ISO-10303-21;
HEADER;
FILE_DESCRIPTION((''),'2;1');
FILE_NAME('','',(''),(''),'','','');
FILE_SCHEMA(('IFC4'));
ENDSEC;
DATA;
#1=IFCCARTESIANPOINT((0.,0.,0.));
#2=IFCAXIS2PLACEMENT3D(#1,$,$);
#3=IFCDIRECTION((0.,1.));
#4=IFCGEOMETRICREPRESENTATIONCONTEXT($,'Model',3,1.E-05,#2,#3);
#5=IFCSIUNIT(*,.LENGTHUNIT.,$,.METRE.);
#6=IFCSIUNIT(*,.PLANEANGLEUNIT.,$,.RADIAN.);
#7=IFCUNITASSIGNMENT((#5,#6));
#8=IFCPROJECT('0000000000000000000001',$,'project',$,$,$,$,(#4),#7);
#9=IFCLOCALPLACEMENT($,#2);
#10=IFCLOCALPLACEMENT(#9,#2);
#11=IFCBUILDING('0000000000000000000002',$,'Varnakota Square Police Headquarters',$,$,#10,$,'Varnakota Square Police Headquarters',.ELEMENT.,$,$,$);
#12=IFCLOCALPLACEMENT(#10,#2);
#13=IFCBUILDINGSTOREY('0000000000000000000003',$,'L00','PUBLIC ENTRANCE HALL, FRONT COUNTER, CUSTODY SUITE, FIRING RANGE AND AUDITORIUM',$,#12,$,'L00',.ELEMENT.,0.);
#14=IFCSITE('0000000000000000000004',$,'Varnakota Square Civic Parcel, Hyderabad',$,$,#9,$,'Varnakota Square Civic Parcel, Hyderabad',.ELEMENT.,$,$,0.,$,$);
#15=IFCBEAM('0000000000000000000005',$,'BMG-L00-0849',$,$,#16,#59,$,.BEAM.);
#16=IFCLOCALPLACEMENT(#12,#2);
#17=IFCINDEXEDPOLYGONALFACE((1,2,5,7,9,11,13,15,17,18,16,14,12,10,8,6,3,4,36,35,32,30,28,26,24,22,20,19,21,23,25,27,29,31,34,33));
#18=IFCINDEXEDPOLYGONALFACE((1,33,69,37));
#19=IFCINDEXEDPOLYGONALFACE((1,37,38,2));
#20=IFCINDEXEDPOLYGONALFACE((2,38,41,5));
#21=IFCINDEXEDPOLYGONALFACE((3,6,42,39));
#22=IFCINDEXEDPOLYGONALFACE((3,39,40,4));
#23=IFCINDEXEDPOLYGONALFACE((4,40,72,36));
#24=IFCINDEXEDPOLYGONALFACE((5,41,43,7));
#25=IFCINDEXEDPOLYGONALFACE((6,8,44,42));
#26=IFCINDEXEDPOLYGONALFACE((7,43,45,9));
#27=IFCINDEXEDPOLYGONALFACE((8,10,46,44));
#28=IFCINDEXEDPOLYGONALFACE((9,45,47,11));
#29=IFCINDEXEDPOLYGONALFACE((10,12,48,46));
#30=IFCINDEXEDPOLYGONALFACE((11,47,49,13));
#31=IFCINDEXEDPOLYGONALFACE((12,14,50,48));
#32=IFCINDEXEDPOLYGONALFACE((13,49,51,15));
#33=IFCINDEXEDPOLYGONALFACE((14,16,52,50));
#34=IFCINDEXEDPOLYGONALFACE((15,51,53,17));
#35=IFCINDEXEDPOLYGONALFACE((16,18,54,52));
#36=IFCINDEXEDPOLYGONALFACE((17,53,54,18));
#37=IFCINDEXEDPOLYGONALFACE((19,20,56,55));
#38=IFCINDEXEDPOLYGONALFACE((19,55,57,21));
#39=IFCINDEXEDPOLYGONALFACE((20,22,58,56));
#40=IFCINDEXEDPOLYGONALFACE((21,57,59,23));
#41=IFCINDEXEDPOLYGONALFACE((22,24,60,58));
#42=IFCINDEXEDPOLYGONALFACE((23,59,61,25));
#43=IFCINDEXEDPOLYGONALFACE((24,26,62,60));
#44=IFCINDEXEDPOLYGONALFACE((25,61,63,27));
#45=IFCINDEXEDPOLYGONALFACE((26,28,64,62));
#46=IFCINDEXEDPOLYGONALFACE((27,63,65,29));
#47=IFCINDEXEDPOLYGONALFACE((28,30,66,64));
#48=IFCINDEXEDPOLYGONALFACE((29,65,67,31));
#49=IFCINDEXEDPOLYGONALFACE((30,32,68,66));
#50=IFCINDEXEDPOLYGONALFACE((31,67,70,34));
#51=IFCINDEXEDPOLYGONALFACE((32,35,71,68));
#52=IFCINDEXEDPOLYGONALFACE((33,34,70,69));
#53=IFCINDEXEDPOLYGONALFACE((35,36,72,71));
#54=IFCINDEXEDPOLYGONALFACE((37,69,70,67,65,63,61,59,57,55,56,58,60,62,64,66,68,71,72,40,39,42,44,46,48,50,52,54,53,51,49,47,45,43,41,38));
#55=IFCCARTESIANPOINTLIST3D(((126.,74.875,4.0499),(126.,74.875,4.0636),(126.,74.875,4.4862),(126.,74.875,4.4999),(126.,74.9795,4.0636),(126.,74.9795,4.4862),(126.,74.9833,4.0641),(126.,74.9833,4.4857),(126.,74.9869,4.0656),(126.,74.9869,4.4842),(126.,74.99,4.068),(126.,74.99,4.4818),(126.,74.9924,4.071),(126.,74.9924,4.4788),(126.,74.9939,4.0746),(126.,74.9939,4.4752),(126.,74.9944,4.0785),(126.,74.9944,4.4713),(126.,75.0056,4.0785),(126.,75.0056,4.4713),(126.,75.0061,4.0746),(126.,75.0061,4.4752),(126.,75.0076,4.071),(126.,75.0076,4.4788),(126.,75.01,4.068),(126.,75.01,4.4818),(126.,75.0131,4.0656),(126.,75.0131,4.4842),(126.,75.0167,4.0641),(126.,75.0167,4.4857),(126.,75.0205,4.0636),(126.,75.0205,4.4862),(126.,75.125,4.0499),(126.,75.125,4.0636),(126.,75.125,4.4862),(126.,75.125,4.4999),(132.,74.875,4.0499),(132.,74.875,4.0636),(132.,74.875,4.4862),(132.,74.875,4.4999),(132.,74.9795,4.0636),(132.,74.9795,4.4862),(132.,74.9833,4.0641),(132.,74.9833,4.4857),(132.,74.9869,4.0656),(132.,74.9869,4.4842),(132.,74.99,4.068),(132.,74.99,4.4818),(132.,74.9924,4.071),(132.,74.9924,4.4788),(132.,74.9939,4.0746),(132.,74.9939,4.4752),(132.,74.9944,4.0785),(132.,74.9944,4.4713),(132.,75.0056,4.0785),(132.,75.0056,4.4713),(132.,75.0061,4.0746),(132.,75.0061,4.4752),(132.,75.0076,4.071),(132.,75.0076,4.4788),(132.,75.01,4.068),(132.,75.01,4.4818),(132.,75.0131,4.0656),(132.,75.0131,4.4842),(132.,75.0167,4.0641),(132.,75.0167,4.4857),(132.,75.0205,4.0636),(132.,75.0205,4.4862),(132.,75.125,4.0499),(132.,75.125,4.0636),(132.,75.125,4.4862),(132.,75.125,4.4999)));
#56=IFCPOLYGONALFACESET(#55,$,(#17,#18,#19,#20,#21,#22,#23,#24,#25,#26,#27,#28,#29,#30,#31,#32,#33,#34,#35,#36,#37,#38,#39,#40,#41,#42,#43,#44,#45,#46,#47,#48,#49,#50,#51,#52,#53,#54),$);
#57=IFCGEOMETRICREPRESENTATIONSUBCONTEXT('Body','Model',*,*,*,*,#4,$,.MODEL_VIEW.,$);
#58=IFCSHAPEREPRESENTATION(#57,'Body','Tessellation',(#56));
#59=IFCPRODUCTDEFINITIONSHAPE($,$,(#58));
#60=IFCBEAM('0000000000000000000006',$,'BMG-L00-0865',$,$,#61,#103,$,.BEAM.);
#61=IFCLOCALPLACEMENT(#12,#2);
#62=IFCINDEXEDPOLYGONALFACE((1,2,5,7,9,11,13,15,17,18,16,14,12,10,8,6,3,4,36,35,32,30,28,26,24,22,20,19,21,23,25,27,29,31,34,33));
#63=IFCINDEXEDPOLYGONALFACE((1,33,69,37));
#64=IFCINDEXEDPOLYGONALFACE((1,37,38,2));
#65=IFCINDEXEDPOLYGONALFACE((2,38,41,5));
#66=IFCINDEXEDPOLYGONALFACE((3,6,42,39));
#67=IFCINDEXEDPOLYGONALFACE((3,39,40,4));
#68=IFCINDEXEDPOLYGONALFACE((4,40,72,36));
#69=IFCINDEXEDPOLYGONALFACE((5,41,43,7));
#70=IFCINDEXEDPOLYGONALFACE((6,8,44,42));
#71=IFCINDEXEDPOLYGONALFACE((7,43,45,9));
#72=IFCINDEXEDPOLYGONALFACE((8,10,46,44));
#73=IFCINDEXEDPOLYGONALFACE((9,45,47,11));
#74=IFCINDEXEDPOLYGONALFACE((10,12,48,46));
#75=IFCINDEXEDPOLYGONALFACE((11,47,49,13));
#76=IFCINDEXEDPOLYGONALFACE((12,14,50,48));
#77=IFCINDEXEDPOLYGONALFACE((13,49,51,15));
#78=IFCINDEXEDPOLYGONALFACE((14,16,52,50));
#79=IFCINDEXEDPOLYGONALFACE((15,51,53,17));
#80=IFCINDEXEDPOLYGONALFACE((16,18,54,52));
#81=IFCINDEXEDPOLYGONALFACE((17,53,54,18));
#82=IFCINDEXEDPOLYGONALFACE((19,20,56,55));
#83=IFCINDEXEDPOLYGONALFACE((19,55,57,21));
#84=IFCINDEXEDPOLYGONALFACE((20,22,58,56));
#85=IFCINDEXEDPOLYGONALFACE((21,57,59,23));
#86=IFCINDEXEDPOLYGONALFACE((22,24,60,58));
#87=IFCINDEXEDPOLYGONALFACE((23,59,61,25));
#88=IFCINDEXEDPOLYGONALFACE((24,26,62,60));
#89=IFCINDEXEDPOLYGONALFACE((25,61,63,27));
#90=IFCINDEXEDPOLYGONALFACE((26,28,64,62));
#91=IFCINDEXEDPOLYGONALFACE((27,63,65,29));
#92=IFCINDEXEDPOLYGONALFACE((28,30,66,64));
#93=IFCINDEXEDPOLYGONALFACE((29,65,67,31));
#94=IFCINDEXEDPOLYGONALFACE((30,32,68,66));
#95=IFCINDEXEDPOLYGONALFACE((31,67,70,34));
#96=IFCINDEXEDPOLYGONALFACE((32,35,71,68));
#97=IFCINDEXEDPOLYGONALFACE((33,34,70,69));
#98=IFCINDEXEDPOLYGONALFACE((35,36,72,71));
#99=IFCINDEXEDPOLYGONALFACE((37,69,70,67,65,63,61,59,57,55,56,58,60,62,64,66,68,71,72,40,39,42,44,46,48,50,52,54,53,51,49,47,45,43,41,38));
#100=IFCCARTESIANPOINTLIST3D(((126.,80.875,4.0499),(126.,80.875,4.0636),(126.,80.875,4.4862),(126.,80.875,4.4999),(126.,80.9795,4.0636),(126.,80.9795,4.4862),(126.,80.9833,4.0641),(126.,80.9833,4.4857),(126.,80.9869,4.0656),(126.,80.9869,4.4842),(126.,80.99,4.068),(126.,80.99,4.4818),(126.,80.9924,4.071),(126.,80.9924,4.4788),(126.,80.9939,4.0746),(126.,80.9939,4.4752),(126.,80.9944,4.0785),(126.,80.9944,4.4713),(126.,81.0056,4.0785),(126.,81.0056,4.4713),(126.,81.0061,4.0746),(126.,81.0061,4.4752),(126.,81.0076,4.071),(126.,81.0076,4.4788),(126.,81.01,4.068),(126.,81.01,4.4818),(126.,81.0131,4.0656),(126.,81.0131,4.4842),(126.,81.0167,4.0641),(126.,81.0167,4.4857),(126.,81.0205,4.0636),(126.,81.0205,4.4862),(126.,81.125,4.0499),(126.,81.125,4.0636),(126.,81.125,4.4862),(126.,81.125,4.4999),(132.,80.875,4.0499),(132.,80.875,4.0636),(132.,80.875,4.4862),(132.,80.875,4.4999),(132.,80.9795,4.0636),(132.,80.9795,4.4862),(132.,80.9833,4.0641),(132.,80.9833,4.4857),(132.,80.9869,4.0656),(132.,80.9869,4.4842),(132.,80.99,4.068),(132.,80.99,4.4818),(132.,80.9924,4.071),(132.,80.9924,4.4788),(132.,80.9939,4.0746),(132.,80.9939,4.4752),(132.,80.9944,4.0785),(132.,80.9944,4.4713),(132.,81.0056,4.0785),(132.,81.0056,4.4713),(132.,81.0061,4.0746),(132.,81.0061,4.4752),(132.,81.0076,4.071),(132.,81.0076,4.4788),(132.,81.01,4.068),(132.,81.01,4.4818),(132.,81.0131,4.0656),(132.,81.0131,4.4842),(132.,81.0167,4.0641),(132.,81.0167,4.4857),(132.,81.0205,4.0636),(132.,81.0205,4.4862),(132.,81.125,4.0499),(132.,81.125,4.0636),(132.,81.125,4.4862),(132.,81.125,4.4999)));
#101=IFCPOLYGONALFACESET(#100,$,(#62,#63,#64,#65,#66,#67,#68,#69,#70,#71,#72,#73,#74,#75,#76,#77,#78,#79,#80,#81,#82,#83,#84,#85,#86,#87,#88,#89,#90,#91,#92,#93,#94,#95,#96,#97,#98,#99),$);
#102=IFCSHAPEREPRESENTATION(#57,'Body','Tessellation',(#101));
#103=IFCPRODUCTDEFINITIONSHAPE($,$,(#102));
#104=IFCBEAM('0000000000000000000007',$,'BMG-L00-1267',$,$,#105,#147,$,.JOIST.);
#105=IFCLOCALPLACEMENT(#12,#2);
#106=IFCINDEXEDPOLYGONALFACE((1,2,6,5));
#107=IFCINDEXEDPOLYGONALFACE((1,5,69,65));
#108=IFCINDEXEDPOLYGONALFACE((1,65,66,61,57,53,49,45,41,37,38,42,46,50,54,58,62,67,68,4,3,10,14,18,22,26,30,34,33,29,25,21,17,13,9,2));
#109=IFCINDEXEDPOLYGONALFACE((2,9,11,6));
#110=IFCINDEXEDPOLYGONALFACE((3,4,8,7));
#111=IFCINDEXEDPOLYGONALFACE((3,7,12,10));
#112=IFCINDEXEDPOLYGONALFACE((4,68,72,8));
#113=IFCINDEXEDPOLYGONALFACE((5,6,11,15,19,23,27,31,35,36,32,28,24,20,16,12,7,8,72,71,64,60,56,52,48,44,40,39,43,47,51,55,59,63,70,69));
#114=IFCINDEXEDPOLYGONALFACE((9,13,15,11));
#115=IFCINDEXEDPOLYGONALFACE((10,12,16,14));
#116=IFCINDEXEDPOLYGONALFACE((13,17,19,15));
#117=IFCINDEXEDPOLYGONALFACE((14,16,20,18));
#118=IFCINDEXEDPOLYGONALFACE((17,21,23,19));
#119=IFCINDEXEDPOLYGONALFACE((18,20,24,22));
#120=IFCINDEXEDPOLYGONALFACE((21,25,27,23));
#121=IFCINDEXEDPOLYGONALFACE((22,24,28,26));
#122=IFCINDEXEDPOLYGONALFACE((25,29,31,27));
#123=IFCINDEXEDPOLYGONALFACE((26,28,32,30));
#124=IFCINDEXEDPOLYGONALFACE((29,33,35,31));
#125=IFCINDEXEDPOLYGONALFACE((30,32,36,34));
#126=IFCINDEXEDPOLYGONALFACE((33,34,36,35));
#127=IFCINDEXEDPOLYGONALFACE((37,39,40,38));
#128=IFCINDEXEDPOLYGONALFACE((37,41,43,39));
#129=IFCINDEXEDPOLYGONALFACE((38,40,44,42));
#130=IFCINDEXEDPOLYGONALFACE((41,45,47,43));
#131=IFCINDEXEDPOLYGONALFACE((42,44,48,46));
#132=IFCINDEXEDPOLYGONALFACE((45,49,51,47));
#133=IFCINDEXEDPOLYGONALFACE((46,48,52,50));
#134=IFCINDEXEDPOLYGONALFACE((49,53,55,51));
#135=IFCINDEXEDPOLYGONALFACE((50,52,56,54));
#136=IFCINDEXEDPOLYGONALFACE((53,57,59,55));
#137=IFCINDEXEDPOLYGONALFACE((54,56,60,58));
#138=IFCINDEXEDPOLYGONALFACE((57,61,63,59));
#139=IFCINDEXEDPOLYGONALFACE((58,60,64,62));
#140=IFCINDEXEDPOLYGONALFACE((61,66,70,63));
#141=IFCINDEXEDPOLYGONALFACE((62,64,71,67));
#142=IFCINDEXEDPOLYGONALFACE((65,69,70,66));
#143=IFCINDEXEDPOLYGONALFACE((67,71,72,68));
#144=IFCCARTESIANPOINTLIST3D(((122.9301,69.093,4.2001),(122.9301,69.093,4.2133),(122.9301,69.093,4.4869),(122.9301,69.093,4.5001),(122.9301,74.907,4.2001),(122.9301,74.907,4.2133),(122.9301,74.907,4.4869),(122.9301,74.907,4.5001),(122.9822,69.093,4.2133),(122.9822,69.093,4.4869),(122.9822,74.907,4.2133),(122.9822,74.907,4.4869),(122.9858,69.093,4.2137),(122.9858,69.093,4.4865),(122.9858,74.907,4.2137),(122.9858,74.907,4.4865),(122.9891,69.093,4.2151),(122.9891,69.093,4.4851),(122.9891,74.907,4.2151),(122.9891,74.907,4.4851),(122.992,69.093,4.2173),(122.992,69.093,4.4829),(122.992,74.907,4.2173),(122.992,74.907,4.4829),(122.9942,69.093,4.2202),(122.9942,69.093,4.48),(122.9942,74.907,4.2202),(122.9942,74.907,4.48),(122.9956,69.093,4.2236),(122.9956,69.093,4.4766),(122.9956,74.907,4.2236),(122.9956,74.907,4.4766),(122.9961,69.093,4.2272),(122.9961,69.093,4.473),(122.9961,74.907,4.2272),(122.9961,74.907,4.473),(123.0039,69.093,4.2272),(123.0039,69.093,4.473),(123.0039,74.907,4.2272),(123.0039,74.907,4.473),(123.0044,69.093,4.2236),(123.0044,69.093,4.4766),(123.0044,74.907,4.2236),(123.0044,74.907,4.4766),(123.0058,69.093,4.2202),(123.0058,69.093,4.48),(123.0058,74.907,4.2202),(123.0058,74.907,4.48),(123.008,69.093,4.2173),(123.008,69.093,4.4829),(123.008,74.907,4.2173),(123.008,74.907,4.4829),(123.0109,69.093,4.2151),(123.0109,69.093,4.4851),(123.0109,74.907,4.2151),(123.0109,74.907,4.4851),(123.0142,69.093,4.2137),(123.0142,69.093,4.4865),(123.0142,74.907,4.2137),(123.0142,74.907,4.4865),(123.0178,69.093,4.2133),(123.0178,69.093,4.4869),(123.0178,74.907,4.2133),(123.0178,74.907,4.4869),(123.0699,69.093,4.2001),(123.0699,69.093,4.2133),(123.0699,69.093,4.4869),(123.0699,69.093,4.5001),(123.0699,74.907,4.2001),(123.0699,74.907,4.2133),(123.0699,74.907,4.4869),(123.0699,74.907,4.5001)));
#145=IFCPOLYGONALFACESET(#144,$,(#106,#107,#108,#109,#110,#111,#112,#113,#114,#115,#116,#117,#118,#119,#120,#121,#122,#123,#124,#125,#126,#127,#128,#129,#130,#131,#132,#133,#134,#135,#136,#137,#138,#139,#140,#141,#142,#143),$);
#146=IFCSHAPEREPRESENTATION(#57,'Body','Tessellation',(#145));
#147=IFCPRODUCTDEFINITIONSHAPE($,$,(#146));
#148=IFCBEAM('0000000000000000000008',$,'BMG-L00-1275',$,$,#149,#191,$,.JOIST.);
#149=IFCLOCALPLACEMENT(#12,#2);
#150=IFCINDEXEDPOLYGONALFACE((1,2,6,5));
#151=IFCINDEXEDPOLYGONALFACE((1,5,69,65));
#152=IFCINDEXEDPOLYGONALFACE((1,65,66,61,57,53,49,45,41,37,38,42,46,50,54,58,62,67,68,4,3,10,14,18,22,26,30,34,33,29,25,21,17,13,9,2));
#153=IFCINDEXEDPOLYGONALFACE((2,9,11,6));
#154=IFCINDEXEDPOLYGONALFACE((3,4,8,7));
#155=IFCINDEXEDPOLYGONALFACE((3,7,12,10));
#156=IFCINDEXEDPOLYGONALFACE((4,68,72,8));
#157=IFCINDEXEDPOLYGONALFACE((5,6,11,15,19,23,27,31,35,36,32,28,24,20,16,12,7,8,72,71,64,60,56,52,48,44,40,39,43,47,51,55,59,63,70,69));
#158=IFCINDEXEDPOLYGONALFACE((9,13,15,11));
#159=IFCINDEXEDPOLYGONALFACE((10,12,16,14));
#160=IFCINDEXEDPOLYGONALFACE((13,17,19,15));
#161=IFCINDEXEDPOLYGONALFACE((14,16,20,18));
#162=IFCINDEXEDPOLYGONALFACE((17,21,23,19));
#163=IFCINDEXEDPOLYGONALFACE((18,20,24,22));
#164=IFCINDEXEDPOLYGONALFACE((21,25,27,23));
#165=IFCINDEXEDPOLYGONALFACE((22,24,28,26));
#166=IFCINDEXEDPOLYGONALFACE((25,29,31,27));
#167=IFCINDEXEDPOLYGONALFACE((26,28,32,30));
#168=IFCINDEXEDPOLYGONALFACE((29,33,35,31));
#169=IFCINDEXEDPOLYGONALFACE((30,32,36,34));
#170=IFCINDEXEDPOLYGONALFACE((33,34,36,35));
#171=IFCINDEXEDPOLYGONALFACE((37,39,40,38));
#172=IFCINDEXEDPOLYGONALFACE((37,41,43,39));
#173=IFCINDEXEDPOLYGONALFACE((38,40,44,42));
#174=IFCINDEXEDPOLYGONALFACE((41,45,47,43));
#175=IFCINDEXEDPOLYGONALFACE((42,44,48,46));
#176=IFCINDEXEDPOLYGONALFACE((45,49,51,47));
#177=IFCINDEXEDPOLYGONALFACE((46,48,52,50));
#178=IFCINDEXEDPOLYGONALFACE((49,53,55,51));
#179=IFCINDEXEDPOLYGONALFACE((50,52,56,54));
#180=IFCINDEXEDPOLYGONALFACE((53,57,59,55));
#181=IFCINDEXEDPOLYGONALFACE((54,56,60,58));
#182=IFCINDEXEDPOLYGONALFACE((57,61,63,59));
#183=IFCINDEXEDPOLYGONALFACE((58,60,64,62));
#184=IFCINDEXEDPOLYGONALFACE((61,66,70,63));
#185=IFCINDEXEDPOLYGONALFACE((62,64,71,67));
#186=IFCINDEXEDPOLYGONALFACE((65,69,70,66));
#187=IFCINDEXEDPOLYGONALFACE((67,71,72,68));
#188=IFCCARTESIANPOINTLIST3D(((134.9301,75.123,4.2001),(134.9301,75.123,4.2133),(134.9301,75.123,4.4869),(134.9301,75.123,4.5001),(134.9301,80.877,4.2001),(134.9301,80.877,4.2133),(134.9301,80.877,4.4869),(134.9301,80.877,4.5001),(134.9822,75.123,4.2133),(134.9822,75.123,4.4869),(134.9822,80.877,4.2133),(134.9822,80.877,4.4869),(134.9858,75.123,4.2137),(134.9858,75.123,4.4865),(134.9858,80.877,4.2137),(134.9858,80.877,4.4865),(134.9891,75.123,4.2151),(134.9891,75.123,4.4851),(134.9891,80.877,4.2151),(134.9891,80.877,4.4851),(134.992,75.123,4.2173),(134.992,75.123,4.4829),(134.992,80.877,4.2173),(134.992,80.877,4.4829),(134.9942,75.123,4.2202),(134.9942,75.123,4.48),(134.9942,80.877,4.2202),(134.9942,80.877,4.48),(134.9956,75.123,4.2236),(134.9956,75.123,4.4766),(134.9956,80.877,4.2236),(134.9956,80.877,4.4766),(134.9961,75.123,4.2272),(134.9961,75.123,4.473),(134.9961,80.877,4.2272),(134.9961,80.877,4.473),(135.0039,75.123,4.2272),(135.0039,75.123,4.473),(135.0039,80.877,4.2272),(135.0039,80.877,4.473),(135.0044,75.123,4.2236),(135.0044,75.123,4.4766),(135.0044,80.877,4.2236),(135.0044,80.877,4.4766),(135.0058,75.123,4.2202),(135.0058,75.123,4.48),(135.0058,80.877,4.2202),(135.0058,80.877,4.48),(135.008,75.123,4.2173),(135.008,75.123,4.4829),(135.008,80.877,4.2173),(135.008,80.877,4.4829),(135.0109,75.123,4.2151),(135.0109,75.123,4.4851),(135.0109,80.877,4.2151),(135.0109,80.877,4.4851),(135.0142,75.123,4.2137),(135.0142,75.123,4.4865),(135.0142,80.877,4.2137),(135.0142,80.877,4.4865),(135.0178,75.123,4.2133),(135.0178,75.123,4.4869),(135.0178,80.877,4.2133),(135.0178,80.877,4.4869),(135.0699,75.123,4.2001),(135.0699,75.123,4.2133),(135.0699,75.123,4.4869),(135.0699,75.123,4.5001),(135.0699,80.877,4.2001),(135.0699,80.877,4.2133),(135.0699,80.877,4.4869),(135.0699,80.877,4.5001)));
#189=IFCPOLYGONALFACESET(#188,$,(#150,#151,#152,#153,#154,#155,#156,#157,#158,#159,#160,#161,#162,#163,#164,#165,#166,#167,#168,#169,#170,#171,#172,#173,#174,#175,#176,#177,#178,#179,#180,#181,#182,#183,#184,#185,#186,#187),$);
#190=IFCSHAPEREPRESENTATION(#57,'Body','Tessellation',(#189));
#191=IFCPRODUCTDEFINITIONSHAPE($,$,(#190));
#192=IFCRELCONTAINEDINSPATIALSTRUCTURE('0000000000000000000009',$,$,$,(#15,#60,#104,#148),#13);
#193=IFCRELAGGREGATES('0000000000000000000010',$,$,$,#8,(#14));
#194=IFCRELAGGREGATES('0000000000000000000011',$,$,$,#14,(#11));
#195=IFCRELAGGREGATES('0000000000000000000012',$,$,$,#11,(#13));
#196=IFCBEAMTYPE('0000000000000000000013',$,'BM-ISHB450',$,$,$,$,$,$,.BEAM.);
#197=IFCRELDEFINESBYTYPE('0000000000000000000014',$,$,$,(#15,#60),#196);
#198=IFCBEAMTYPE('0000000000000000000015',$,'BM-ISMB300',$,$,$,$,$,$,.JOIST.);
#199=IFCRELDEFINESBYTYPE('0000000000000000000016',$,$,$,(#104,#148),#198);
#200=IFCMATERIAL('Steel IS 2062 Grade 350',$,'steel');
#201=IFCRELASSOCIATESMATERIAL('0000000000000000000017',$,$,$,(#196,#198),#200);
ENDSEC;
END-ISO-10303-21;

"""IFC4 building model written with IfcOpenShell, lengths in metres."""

from ifc_helpers import new_model, si_unit, direction, frame, origin, origin_2d, place, context, subcontext, project, spatial, i_section, extrude, material, material_profile, profile_set, type_object, element, save


model = new_model("IFC4")

# Units and contexts
model_context = context("Model", 3, precision=1e-05, world=origin(), true_north=direction((0.0, 1.0)))
body_context = subcontext(model_context, "Body", "Model", "MODEL_VIEW")
ifc_project = project(units=[si_unit("LENGTHUNIT", "METRE"), si_unit("PLANEANGLEUNIT", "RADIAN")], contexts=[model_context])

# Site, building, storey
site_placement = place(None, origin())
site = spatial("IfcSite", under=ifc_project, at=site_placement, Name="Varnakota Square Civic Parcel, Hyderabad", LongName="Varnakota Square Civic Parcel, Hyderabad", CompositionType="ELEMENT", RefElevation=0.0)
building_placement = place(site_placement, origin())
building = spatial("IfcBuilding", under=site, at=building_placement, Name="Varnakota Square Police Headquarters", LongName="Varnakota Square Police Headquarters", CompositionType="ELEMENT")
storey_placement = place(building_placement, origin())
storey = spatial("IfcBuildingStorey", under=building, at=storey_placement, Name="L00", Description="PUBLIC ENTRANCE HALL, FRONT COUNTER, CUSTODY SUITE, FIRING RANGE AND AUDITORIUM", LongName="L00", CompositionType="ELEMENT", Elevation=0.0)

# Beams
ifc_material_1 = material(Name="Steel IS 2062 Grade 350", Category="steel")
ifc_material_profile_1 = material_profile(ifc_material_1, i_section(OverallWidth=0.25, OverallDepth=0.45, WebThickness=0.0112, FlangeThickness=0.0137, FilletRadius=0.0149, at=origin_2d()), Name="ISHB 450")
ifc_profile_set_1 = profile_set([ifc_material_profile_1], Name="Steel IS 2062 Grade 350")
beam_type_1 = type_object("IfcBeamType", Name="BM-ISHB450", PredefinedType="BEAM", material=ifc_profile_set_1)
for number, where, z_axis, x_axis, name in (
    (1, (126.0, 75.0, 4.2749), (1.0, 0.0, 0.0), (0.0, 1.0, 0.0), "BMG-L00-0849"),
    (2, (126.0, 81.0, 4.2749), (1.0, 0.0, 0.0), (0.0, 1.0, 0.0), "BMG-L00-0865"),
):
    element("IfcBeam", number, at=place(storey_placement, frame(where, z_axis=z_axis, x_axis=x_axis)), inside=storey, type_object=beam_type_1, Name=name, PredefinedType="BEAM", context=body_context, shape_type="SweptSolid", body=[
        extrude(i_section(OverallWidth=0.25, OverallDepth=0.45, WebThickness=0.0112, FlangeThickness=0.0137, FilletRadius=0.0149, at=origin_2d()), origin(), (0.0, 0.0, 1.0), 6.0),
    ])
ifc_material_profile_2 = material_profile(ifc_material_1, i_section(OverallWidth=0.1399, OverallDepth=0.3, WebThickness=0.0078, FlangeThickness=0.0132, FilletRadius=0.0139, at=origin_2d()), Name="ISMB 300")
ifc_profile_set_2 = profile_set([ifc_material_profile_2], Name="Steel IS 2062 Grade 350")
beam_type_2 = type_object("IfcBeamType", Name="BM-ISMB300", PredefinedType="JOIST", material=ifc_profile_set_2)
beam_1_placement = place(storey_placement, frame((123.0, 69.093, 4.3501), z_axis=(0.0, 1.0, 0.0), x_axis=(-1.0, 0.0, 0.0)))
element("IfcBeam", 3, at=beam_1_placement, inside=storey, type_object=beam_type_2, Name="BMG-L00-1267", PredefinedType="JOIST", context=body_context, shape_type="SweptSolid", body=[
    extrude(i_section(OverallWidth=0.1399, OverallDepth=0.3, WebThickness=0.0078, FlangeThickness=0.0132, FilletRadius=0.0139, at=origin_2d()), origin(), (0.0, 0.0, 1.0), 5.814),
])
beam_2_placement = place(storey_placement, frame((135.0, 75.123, 4.3501), z_axis=(0.0, 1.0, 0.0), x_axis=(-1.0, 0.0, 0.0)))
element("IfcBeam", 4, at=beam_2_placement, inside=storey, type_object=beam_type_2, Name="BMG-L00-1275", PredefinedType="JOIST", context=body_context, shape_type="SweptSolid", body=[
    extrude(i_section(OverallWidth=0.1399, OverallDepth=0.3, WebThickness=0.0078, FlangeThickness=0.0132, FilletRadius=0.0139, at=origin_2d()), origin(), (0.0, 0.0, 1.0), 5.7539),
])

save(model, "model.ifc")
